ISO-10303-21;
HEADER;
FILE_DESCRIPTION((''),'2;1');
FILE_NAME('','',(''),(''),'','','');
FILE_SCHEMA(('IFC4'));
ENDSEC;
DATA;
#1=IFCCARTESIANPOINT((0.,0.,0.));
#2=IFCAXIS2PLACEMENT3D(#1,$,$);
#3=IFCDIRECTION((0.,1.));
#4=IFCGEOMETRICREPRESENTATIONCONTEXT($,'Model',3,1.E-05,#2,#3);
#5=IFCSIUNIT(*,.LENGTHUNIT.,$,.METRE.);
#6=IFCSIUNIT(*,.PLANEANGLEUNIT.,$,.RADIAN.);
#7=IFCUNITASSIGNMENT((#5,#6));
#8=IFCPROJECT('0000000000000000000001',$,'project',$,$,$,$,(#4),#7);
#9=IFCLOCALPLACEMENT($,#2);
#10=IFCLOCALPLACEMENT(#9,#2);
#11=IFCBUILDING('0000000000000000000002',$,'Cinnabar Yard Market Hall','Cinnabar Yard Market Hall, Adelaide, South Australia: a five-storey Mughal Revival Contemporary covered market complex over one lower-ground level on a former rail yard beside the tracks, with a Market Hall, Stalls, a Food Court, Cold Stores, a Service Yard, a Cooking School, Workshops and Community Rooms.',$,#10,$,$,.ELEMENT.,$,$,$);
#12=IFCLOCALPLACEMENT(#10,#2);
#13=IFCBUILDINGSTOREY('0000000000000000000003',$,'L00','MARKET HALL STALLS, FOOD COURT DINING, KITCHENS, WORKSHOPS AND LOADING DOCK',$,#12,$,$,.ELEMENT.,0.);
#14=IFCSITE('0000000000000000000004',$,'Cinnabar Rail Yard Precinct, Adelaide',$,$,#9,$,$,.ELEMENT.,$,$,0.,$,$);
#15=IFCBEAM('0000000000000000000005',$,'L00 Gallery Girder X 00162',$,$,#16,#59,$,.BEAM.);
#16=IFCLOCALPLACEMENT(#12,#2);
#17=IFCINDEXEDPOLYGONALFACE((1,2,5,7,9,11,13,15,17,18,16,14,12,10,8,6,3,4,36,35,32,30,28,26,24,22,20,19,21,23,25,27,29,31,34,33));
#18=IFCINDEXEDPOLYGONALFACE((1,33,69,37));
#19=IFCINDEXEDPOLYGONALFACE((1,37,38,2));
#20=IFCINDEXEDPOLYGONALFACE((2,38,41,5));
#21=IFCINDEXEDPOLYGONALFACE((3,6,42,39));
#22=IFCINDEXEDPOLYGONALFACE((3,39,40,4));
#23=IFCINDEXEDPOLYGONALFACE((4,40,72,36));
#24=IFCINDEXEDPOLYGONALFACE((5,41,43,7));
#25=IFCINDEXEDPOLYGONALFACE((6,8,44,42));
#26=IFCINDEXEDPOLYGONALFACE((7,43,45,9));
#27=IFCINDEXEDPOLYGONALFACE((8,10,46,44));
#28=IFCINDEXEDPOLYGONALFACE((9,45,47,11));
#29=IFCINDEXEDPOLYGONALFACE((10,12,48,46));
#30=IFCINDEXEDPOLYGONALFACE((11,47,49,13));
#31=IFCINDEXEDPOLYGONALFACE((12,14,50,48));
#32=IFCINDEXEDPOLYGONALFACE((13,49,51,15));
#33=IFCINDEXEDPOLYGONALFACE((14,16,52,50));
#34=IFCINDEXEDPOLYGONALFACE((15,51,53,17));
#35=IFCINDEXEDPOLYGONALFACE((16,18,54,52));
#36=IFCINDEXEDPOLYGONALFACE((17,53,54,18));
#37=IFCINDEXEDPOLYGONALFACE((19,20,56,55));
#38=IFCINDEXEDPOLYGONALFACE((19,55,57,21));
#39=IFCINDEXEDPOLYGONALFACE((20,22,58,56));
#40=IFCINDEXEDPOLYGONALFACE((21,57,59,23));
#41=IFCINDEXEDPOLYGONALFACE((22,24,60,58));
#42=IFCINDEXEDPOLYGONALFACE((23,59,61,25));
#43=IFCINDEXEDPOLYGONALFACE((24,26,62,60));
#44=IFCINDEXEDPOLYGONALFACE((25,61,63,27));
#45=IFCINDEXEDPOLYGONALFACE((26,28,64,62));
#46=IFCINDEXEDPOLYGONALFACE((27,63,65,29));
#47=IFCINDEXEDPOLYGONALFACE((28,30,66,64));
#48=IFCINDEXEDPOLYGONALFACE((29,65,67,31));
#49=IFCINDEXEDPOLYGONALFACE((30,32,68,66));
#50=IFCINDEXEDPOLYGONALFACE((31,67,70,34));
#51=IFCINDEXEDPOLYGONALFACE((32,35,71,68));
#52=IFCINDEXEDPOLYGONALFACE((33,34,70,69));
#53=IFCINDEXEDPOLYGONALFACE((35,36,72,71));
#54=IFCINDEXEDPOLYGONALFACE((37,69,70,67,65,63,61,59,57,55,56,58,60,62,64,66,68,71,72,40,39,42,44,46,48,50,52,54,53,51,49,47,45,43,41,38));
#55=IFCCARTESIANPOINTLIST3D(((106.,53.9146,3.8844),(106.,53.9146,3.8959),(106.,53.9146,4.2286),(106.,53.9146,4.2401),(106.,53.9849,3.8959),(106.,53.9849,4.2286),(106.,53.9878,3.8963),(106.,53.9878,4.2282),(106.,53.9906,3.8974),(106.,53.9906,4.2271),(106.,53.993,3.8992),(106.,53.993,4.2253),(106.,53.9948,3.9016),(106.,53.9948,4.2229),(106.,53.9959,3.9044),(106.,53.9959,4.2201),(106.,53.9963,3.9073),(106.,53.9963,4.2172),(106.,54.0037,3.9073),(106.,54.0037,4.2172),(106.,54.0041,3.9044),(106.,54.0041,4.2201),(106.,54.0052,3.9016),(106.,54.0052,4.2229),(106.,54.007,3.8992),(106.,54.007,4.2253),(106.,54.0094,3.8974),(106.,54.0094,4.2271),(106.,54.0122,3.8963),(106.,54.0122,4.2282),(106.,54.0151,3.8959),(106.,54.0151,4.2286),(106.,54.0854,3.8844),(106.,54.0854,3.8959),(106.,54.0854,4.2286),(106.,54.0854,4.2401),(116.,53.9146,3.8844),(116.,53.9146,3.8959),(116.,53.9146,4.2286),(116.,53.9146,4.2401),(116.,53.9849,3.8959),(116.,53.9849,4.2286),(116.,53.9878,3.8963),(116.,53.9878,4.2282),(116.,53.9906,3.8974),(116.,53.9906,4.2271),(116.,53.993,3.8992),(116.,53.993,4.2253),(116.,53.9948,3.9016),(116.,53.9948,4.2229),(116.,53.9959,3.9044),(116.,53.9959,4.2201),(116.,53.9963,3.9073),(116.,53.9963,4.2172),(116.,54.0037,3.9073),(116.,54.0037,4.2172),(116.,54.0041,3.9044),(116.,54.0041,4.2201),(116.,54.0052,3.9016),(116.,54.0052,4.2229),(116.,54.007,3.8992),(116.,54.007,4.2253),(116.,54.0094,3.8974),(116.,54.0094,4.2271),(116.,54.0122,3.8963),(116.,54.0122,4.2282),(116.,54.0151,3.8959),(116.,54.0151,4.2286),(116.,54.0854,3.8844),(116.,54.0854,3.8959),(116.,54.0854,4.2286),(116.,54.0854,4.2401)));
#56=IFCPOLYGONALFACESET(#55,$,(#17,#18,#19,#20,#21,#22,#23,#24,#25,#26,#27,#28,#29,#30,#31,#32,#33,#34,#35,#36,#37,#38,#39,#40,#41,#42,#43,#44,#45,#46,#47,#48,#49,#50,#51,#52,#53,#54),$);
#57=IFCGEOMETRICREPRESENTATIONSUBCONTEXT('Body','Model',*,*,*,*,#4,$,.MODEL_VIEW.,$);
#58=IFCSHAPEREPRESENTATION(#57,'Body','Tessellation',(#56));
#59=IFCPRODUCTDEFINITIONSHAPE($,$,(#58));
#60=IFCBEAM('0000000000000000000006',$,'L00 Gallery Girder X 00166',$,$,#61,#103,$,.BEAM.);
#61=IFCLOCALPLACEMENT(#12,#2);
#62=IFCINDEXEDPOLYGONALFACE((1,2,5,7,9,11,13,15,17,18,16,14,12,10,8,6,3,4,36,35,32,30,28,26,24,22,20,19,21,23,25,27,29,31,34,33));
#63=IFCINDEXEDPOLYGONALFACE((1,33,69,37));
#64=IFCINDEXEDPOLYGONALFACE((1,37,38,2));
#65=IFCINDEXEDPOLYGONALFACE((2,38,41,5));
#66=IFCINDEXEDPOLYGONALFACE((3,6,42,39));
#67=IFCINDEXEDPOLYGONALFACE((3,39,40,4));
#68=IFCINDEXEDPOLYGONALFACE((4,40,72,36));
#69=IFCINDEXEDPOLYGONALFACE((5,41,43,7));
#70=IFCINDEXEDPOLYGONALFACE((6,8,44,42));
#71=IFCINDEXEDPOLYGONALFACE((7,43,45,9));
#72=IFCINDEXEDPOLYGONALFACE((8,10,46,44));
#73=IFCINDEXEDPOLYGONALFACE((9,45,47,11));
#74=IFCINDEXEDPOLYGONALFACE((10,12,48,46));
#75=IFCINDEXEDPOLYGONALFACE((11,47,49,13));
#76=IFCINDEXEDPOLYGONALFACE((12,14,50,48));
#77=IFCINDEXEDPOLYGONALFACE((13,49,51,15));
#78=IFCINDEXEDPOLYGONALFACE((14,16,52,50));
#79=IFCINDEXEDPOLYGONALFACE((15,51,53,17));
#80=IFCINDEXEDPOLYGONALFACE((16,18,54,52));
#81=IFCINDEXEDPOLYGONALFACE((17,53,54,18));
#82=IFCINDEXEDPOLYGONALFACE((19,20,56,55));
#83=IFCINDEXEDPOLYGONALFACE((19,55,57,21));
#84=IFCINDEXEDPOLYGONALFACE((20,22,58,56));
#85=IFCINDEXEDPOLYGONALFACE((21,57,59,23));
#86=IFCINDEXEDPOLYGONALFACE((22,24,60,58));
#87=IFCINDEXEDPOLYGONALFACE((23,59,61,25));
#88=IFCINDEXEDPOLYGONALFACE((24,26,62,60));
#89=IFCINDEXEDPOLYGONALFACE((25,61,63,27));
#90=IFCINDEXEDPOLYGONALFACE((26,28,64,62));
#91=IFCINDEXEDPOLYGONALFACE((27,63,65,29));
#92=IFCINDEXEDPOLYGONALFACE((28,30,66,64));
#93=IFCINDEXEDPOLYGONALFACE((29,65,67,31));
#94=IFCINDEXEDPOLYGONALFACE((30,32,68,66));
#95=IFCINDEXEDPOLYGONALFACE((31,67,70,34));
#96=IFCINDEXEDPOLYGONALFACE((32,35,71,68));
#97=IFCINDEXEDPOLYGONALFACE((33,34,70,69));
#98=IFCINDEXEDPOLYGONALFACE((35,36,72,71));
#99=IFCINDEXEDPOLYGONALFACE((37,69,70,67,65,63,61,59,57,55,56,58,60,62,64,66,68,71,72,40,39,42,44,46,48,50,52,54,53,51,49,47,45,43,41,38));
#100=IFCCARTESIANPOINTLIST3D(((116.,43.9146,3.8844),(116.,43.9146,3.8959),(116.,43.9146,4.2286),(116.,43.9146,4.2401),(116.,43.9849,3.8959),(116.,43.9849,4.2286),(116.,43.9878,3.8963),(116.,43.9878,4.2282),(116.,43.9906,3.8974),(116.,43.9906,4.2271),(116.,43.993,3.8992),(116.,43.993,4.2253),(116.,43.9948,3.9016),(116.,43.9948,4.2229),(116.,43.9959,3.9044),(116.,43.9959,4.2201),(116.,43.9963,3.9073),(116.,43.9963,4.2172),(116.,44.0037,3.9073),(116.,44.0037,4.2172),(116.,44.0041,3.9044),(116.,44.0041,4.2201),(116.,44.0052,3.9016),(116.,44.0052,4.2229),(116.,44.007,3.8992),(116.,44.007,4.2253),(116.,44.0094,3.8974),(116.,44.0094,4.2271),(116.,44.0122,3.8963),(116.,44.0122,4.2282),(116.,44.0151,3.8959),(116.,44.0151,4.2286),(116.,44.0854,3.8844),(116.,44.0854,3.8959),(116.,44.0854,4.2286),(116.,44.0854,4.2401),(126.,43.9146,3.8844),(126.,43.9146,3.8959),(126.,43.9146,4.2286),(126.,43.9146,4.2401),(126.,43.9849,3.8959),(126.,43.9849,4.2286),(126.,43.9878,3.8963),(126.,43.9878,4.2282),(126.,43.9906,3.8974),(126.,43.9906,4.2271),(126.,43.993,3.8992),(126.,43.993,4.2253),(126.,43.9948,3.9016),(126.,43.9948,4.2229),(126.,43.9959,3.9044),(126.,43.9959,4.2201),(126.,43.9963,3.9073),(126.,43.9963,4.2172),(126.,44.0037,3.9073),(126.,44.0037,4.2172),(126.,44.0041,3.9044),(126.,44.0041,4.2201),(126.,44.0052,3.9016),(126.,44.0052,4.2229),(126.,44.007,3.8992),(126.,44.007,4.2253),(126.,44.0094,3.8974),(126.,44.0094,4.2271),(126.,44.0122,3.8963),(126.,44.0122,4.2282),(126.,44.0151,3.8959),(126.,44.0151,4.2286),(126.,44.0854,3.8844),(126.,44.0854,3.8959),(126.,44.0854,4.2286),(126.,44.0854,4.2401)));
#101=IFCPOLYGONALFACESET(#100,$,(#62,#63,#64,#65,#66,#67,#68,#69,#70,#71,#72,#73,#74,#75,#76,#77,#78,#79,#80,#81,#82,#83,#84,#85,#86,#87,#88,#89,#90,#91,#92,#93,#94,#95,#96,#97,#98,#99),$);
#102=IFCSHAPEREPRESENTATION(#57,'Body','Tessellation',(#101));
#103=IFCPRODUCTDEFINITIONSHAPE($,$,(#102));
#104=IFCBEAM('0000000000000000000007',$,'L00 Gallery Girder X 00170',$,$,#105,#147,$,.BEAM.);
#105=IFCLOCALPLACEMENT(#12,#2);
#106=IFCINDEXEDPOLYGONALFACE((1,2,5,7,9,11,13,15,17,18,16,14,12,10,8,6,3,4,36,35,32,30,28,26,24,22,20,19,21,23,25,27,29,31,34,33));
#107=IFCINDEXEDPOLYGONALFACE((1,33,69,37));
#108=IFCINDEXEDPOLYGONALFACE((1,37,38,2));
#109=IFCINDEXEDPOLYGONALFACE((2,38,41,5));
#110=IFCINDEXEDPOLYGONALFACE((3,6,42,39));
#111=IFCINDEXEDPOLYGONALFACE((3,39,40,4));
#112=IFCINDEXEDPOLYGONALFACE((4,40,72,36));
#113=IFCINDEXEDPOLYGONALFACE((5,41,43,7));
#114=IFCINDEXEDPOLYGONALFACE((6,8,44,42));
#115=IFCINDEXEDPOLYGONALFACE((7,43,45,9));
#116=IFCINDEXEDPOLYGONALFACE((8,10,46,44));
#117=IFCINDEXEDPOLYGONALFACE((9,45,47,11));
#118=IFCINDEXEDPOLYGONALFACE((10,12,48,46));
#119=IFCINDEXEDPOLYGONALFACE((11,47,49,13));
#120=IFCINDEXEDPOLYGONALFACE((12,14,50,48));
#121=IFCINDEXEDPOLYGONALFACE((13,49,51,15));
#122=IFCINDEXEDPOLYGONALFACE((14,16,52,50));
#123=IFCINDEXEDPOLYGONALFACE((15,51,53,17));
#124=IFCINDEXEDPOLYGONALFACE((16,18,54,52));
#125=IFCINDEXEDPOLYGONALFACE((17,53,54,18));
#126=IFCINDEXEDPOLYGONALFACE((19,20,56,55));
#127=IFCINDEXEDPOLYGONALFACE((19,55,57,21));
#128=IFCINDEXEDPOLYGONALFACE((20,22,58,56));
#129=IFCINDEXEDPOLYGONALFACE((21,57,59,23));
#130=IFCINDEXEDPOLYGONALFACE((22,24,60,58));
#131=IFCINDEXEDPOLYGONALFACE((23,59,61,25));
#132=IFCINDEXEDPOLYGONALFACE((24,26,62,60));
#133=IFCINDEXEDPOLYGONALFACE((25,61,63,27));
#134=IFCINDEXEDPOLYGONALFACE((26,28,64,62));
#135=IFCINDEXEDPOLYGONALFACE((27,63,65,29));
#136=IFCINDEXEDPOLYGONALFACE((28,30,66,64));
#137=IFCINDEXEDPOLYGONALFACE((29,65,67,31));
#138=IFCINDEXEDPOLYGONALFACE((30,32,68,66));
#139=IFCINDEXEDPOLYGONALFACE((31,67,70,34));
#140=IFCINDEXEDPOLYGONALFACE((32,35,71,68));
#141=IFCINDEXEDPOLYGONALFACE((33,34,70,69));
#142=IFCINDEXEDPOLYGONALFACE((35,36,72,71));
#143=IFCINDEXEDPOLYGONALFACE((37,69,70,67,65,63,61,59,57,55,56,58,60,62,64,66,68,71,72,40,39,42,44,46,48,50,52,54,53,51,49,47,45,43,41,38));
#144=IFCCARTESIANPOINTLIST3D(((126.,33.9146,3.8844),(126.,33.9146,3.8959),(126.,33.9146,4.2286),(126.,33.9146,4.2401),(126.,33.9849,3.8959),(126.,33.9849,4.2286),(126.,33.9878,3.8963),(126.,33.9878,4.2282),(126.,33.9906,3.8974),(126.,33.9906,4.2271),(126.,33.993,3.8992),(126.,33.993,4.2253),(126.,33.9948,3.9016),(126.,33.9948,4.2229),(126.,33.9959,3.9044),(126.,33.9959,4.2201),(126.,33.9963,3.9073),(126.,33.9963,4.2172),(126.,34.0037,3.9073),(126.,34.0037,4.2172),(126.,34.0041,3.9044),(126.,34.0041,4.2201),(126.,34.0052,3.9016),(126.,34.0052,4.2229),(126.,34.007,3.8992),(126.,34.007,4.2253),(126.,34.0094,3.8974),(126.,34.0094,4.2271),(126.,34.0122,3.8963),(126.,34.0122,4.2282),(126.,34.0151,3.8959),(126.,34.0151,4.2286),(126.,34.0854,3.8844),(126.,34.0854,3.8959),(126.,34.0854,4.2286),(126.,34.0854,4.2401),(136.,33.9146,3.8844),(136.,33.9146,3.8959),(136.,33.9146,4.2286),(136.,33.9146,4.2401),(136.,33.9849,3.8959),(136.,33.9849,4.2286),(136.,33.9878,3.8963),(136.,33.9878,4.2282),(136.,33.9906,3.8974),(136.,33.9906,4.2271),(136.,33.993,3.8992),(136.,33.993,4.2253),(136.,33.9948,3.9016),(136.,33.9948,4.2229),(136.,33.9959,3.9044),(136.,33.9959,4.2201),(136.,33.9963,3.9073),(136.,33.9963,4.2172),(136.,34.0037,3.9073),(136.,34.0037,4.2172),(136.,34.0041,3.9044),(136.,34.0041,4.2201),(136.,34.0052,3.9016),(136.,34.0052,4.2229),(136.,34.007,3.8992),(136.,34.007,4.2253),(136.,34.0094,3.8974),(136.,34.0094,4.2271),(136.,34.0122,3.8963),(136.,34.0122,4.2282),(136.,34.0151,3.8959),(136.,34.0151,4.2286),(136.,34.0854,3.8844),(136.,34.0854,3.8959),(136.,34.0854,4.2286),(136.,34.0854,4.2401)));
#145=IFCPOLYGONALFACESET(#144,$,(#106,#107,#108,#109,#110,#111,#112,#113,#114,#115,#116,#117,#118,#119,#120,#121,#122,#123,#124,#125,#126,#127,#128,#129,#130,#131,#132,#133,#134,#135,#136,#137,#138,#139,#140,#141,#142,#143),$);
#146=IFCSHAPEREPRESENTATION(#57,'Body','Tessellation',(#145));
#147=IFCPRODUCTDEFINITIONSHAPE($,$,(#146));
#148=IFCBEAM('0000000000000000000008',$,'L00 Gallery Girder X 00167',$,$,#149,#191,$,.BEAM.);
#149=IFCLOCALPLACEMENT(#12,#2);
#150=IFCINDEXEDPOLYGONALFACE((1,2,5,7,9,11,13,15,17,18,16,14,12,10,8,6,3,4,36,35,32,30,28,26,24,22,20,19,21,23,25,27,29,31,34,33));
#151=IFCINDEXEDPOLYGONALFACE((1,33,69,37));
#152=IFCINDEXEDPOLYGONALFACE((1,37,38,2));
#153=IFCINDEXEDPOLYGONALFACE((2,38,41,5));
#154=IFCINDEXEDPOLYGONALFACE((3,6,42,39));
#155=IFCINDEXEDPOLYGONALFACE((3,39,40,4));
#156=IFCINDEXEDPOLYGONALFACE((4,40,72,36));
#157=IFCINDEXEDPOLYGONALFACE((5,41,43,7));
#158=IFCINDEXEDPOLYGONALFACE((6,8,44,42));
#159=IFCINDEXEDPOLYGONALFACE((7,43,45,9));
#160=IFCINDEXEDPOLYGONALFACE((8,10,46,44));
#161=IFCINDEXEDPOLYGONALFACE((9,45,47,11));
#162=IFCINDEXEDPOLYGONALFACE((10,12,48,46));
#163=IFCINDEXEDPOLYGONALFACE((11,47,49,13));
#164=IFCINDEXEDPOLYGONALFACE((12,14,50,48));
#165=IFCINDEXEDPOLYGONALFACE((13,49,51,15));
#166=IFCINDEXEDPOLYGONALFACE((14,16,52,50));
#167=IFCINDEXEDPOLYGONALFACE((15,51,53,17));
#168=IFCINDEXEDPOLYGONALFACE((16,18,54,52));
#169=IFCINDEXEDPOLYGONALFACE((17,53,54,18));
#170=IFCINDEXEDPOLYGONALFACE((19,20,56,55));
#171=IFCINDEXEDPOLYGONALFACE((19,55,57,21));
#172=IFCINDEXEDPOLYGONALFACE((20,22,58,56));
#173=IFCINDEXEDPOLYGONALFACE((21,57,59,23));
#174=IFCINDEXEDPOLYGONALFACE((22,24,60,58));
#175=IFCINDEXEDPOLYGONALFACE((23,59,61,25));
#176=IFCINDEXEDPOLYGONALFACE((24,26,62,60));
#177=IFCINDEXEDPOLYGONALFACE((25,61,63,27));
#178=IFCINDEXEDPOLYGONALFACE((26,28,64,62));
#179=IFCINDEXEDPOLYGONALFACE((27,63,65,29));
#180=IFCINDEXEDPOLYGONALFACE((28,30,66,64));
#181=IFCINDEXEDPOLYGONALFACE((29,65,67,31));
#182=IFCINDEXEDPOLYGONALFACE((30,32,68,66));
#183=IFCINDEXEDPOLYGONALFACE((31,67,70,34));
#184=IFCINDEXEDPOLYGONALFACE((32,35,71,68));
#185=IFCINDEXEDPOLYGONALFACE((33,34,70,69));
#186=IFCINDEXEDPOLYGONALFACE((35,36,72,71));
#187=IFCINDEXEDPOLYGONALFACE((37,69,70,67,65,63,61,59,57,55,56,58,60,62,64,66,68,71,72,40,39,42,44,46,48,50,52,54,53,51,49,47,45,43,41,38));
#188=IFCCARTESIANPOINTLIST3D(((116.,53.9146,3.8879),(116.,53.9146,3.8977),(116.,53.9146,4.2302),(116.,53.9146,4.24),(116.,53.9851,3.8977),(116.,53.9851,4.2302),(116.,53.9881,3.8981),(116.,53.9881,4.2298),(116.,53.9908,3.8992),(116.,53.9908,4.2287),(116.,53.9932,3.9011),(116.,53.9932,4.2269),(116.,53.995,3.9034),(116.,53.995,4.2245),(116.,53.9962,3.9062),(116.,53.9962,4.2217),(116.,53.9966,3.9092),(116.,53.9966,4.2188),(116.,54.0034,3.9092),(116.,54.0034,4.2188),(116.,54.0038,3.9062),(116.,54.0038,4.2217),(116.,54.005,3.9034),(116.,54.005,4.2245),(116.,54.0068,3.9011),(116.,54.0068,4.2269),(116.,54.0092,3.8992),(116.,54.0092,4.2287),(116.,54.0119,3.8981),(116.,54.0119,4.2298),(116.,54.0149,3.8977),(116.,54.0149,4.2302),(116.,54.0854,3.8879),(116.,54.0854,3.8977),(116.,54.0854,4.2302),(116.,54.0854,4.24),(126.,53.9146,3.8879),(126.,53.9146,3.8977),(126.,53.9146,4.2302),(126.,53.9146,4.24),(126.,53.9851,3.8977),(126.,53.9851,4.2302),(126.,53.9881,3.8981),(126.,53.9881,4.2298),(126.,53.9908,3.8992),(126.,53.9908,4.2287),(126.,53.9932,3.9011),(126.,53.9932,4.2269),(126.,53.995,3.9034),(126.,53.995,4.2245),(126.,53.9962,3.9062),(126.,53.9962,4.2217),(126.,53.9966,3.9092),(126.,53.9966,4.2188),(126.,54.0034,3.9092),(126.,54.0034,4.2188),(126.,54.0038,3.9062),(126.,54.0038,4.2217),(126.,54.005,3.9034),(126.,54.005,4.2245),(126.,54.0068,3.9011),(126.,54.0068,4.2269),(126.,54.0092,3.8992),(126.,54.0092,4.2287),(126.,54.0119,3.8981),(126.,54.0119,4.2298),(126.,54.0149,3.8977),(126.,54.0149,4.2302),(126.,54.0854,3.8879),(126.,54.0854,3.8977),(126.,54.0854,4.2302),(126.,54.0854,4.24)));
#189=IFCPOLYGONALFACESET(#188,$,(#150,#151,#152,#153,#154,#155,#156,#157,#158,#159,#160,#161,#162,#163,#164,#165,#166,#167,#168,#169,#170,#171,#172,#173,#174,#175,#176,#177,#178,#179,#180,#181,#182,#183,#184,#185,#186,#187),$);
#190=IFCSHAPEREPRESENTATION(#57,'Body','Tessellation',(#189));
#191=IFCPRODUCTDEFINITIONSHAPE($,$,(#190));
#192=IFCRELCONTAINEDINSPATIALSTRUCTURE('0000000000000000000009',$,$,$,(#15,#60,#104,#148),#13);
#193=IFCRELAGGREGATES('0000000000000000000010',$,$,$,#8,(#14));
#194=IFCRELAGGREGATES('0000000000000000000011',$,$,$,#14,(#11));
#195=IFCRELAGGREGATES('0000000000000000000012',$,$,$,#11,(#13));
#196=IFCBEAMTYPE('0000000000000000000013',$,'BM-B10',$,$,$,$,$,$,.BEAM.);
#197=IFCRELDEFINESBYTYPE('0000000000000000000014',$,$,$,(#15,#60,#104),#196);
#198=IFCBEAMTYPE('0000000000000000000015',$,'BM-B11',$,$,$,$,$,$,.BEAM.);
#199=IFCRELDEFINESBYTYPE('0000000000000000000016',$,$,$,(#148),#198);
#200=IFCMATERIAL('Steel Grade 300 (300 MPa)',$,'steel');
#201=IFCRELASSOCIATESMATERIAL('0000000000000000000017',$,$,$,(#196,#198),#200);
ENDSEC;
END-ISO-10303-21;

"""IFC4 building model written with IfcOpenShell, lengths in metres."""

from ifc_helpers import new_model, si_unit, direction, frame, origin, origin_2d_with_axis, place, context, subcontext, project, spatial, i_section, extrude, material, material_profile, profile_set, type_object, element, save


model = new_model("IFC4")

# Units and contexts
model_context = context("Model", 3, precision=1e-05, world=origin(), true_north=direction((0.0, 1.0)))
body_context = subcontext(model_context, "Body", "Model", "MODEL_VIEW")
ifc_project = project(units=[si_unit("LENGTHUNIT", "METRE"), si_unit("PLANEANGLEUNIT", "RADIAN")], contexts=[model_context])

# Site, building, storey
site_placement = place(None, origin())
site = spatial("IfcSite", under=ifc_project, at=site_placement, Name="Cinnabar Rail Yard Precinct, Adelaide", CompositionType="ELEMENT", RefElevation=0.0)
building_placement = place(site_placement, origin())
building = spatial("IfcBuilding", under=site, at=building_placement, Name="Cinnabar Yard Market Hall", Description="Cinnabar Yard Market Hall, Adelaide, South Australia: a five-storey Mughal Revival Contemporary covered market complex over one lower-ground level on a former rail yard beside the tracks, with a Market Hall, Stalls, a Food Court, Cold Stores, a Service Yard, a Cooking School, Workshops and Community Rooms.", CompositionType="ELEMENT")
storey_placement = place(building_placement, origin())
storey = spatial("IfcBuildingStorey", under=building, at=storey_placement, Name="L00", Description="MARKET HALL STALLS, FOOD COURT DINING, KITCHENS, WORKSHOPS AND LOADING DOCK", CompositionType="ELEMENT", Elevation=0.0)

# Beams
ifc_material_1 = material(Name="Steel Grade 300 (300 MPa)", Category="steel")
ifc_material_profile_1 = material_profile(ifc_material_1, i_section(OverallWidth=0.1709, OverallDepth=0.3557, WebThickness=0.0073, FlangeThickness=0.0115, FilletRadius=0.0115, at=origin_2d_with_axis()), Name="360UB50.7")
ifc_profile_set_1 = profile_set([ifc_material_profile_1], Name="Steel Grade 300 (300 MPa)")
beam_type_1 = type_object("IfcBeamType", Name="BM-B10", PredefinedType="BEAM", material=ifc_profile_set_1)
for number, where, z_axis, x_axis, name in (
    (1, (106.0, 54.0, 4.0623), (1.0, 0.0, 0.0), (0.0, 1.0, 0.0), "L00 Gallery Girder X 00162"),
    (2, (116.0, 44.0, 4.0623), (1.0, 0.0, 0.0), (0.0, 1.0, 0.0), "L00 Gallery Girder X 00166"),
    (3, (126.0, 34.0, 4.0623), (1.0, 0.0, 0.0), (0.0, 1.0, 0.0), "L00 Gallery Girder X 00170"),
):
    element("IfcBeam", number, at=place(storey_placement, frame(where, z_axis=z_axis, x_axis=x_axis)), inside=storey, type_object=beam_type_1, Name=name, PredefinedType="BEAM", context=body_context, shape_type="SweptSolid", body=[
        extrude(i_section(OverallWidth=0.1709, OverallDepth=0.3557, WebThickness=0.0073, FlangeThickness=0.0115, FilletRadius=0.0115, at=origin_2d_with_axis()), origin(), (0.0, 0.0, 1.0), 10.0),
    ])
ifc_material_profile_2 = material_profile(ifc_material_1, i_section(OverallWidth=0.1709, OverallDepth=0.3521, WebThickness=0.0068, FlangeThickness=0.0098, FilletRadius=0.0115, at=origin_2d_with_axis()), Name="360UB44.7")
ifc_profile_set_2 = profile_set([ifc_material_profile_2], Name="Steel Grade 300 (300 MPa)")
beam_type_2 = type_object("IfcBeamType", Name="BM-B11", PredefinedType="BEAM", material=ifc_profile_set_2)
for number, where, z_axis, x_axis, name in (
    (4, (116.0, 54.0, 4.064), (1.0, 0.0, 0.0), (0.0, 1.0, 0.0), "L00 Gallery Girder X 00167"),
):
    element("IfcBeam", number, at=place(storey_placement, frame(where, z_axis=z_axis, x_axis=x_axis)), inside=storey, type_object=beam_type_2, Name=name, PredefinedType="BEAM", context=body_context, shape_type="SweptSolid", body=[
        extrude(i_section(OverallWidth=0.1709, OverallDepth=0.3521, WebThickness=0.0068, FlangeThickness=0.0098, FilletRadius=0.0115, at=origin_2d_with_axis()), origin(), (0.0, 0.0, 1.0), 10.0),
    ])

save(model, "model.ifc")
